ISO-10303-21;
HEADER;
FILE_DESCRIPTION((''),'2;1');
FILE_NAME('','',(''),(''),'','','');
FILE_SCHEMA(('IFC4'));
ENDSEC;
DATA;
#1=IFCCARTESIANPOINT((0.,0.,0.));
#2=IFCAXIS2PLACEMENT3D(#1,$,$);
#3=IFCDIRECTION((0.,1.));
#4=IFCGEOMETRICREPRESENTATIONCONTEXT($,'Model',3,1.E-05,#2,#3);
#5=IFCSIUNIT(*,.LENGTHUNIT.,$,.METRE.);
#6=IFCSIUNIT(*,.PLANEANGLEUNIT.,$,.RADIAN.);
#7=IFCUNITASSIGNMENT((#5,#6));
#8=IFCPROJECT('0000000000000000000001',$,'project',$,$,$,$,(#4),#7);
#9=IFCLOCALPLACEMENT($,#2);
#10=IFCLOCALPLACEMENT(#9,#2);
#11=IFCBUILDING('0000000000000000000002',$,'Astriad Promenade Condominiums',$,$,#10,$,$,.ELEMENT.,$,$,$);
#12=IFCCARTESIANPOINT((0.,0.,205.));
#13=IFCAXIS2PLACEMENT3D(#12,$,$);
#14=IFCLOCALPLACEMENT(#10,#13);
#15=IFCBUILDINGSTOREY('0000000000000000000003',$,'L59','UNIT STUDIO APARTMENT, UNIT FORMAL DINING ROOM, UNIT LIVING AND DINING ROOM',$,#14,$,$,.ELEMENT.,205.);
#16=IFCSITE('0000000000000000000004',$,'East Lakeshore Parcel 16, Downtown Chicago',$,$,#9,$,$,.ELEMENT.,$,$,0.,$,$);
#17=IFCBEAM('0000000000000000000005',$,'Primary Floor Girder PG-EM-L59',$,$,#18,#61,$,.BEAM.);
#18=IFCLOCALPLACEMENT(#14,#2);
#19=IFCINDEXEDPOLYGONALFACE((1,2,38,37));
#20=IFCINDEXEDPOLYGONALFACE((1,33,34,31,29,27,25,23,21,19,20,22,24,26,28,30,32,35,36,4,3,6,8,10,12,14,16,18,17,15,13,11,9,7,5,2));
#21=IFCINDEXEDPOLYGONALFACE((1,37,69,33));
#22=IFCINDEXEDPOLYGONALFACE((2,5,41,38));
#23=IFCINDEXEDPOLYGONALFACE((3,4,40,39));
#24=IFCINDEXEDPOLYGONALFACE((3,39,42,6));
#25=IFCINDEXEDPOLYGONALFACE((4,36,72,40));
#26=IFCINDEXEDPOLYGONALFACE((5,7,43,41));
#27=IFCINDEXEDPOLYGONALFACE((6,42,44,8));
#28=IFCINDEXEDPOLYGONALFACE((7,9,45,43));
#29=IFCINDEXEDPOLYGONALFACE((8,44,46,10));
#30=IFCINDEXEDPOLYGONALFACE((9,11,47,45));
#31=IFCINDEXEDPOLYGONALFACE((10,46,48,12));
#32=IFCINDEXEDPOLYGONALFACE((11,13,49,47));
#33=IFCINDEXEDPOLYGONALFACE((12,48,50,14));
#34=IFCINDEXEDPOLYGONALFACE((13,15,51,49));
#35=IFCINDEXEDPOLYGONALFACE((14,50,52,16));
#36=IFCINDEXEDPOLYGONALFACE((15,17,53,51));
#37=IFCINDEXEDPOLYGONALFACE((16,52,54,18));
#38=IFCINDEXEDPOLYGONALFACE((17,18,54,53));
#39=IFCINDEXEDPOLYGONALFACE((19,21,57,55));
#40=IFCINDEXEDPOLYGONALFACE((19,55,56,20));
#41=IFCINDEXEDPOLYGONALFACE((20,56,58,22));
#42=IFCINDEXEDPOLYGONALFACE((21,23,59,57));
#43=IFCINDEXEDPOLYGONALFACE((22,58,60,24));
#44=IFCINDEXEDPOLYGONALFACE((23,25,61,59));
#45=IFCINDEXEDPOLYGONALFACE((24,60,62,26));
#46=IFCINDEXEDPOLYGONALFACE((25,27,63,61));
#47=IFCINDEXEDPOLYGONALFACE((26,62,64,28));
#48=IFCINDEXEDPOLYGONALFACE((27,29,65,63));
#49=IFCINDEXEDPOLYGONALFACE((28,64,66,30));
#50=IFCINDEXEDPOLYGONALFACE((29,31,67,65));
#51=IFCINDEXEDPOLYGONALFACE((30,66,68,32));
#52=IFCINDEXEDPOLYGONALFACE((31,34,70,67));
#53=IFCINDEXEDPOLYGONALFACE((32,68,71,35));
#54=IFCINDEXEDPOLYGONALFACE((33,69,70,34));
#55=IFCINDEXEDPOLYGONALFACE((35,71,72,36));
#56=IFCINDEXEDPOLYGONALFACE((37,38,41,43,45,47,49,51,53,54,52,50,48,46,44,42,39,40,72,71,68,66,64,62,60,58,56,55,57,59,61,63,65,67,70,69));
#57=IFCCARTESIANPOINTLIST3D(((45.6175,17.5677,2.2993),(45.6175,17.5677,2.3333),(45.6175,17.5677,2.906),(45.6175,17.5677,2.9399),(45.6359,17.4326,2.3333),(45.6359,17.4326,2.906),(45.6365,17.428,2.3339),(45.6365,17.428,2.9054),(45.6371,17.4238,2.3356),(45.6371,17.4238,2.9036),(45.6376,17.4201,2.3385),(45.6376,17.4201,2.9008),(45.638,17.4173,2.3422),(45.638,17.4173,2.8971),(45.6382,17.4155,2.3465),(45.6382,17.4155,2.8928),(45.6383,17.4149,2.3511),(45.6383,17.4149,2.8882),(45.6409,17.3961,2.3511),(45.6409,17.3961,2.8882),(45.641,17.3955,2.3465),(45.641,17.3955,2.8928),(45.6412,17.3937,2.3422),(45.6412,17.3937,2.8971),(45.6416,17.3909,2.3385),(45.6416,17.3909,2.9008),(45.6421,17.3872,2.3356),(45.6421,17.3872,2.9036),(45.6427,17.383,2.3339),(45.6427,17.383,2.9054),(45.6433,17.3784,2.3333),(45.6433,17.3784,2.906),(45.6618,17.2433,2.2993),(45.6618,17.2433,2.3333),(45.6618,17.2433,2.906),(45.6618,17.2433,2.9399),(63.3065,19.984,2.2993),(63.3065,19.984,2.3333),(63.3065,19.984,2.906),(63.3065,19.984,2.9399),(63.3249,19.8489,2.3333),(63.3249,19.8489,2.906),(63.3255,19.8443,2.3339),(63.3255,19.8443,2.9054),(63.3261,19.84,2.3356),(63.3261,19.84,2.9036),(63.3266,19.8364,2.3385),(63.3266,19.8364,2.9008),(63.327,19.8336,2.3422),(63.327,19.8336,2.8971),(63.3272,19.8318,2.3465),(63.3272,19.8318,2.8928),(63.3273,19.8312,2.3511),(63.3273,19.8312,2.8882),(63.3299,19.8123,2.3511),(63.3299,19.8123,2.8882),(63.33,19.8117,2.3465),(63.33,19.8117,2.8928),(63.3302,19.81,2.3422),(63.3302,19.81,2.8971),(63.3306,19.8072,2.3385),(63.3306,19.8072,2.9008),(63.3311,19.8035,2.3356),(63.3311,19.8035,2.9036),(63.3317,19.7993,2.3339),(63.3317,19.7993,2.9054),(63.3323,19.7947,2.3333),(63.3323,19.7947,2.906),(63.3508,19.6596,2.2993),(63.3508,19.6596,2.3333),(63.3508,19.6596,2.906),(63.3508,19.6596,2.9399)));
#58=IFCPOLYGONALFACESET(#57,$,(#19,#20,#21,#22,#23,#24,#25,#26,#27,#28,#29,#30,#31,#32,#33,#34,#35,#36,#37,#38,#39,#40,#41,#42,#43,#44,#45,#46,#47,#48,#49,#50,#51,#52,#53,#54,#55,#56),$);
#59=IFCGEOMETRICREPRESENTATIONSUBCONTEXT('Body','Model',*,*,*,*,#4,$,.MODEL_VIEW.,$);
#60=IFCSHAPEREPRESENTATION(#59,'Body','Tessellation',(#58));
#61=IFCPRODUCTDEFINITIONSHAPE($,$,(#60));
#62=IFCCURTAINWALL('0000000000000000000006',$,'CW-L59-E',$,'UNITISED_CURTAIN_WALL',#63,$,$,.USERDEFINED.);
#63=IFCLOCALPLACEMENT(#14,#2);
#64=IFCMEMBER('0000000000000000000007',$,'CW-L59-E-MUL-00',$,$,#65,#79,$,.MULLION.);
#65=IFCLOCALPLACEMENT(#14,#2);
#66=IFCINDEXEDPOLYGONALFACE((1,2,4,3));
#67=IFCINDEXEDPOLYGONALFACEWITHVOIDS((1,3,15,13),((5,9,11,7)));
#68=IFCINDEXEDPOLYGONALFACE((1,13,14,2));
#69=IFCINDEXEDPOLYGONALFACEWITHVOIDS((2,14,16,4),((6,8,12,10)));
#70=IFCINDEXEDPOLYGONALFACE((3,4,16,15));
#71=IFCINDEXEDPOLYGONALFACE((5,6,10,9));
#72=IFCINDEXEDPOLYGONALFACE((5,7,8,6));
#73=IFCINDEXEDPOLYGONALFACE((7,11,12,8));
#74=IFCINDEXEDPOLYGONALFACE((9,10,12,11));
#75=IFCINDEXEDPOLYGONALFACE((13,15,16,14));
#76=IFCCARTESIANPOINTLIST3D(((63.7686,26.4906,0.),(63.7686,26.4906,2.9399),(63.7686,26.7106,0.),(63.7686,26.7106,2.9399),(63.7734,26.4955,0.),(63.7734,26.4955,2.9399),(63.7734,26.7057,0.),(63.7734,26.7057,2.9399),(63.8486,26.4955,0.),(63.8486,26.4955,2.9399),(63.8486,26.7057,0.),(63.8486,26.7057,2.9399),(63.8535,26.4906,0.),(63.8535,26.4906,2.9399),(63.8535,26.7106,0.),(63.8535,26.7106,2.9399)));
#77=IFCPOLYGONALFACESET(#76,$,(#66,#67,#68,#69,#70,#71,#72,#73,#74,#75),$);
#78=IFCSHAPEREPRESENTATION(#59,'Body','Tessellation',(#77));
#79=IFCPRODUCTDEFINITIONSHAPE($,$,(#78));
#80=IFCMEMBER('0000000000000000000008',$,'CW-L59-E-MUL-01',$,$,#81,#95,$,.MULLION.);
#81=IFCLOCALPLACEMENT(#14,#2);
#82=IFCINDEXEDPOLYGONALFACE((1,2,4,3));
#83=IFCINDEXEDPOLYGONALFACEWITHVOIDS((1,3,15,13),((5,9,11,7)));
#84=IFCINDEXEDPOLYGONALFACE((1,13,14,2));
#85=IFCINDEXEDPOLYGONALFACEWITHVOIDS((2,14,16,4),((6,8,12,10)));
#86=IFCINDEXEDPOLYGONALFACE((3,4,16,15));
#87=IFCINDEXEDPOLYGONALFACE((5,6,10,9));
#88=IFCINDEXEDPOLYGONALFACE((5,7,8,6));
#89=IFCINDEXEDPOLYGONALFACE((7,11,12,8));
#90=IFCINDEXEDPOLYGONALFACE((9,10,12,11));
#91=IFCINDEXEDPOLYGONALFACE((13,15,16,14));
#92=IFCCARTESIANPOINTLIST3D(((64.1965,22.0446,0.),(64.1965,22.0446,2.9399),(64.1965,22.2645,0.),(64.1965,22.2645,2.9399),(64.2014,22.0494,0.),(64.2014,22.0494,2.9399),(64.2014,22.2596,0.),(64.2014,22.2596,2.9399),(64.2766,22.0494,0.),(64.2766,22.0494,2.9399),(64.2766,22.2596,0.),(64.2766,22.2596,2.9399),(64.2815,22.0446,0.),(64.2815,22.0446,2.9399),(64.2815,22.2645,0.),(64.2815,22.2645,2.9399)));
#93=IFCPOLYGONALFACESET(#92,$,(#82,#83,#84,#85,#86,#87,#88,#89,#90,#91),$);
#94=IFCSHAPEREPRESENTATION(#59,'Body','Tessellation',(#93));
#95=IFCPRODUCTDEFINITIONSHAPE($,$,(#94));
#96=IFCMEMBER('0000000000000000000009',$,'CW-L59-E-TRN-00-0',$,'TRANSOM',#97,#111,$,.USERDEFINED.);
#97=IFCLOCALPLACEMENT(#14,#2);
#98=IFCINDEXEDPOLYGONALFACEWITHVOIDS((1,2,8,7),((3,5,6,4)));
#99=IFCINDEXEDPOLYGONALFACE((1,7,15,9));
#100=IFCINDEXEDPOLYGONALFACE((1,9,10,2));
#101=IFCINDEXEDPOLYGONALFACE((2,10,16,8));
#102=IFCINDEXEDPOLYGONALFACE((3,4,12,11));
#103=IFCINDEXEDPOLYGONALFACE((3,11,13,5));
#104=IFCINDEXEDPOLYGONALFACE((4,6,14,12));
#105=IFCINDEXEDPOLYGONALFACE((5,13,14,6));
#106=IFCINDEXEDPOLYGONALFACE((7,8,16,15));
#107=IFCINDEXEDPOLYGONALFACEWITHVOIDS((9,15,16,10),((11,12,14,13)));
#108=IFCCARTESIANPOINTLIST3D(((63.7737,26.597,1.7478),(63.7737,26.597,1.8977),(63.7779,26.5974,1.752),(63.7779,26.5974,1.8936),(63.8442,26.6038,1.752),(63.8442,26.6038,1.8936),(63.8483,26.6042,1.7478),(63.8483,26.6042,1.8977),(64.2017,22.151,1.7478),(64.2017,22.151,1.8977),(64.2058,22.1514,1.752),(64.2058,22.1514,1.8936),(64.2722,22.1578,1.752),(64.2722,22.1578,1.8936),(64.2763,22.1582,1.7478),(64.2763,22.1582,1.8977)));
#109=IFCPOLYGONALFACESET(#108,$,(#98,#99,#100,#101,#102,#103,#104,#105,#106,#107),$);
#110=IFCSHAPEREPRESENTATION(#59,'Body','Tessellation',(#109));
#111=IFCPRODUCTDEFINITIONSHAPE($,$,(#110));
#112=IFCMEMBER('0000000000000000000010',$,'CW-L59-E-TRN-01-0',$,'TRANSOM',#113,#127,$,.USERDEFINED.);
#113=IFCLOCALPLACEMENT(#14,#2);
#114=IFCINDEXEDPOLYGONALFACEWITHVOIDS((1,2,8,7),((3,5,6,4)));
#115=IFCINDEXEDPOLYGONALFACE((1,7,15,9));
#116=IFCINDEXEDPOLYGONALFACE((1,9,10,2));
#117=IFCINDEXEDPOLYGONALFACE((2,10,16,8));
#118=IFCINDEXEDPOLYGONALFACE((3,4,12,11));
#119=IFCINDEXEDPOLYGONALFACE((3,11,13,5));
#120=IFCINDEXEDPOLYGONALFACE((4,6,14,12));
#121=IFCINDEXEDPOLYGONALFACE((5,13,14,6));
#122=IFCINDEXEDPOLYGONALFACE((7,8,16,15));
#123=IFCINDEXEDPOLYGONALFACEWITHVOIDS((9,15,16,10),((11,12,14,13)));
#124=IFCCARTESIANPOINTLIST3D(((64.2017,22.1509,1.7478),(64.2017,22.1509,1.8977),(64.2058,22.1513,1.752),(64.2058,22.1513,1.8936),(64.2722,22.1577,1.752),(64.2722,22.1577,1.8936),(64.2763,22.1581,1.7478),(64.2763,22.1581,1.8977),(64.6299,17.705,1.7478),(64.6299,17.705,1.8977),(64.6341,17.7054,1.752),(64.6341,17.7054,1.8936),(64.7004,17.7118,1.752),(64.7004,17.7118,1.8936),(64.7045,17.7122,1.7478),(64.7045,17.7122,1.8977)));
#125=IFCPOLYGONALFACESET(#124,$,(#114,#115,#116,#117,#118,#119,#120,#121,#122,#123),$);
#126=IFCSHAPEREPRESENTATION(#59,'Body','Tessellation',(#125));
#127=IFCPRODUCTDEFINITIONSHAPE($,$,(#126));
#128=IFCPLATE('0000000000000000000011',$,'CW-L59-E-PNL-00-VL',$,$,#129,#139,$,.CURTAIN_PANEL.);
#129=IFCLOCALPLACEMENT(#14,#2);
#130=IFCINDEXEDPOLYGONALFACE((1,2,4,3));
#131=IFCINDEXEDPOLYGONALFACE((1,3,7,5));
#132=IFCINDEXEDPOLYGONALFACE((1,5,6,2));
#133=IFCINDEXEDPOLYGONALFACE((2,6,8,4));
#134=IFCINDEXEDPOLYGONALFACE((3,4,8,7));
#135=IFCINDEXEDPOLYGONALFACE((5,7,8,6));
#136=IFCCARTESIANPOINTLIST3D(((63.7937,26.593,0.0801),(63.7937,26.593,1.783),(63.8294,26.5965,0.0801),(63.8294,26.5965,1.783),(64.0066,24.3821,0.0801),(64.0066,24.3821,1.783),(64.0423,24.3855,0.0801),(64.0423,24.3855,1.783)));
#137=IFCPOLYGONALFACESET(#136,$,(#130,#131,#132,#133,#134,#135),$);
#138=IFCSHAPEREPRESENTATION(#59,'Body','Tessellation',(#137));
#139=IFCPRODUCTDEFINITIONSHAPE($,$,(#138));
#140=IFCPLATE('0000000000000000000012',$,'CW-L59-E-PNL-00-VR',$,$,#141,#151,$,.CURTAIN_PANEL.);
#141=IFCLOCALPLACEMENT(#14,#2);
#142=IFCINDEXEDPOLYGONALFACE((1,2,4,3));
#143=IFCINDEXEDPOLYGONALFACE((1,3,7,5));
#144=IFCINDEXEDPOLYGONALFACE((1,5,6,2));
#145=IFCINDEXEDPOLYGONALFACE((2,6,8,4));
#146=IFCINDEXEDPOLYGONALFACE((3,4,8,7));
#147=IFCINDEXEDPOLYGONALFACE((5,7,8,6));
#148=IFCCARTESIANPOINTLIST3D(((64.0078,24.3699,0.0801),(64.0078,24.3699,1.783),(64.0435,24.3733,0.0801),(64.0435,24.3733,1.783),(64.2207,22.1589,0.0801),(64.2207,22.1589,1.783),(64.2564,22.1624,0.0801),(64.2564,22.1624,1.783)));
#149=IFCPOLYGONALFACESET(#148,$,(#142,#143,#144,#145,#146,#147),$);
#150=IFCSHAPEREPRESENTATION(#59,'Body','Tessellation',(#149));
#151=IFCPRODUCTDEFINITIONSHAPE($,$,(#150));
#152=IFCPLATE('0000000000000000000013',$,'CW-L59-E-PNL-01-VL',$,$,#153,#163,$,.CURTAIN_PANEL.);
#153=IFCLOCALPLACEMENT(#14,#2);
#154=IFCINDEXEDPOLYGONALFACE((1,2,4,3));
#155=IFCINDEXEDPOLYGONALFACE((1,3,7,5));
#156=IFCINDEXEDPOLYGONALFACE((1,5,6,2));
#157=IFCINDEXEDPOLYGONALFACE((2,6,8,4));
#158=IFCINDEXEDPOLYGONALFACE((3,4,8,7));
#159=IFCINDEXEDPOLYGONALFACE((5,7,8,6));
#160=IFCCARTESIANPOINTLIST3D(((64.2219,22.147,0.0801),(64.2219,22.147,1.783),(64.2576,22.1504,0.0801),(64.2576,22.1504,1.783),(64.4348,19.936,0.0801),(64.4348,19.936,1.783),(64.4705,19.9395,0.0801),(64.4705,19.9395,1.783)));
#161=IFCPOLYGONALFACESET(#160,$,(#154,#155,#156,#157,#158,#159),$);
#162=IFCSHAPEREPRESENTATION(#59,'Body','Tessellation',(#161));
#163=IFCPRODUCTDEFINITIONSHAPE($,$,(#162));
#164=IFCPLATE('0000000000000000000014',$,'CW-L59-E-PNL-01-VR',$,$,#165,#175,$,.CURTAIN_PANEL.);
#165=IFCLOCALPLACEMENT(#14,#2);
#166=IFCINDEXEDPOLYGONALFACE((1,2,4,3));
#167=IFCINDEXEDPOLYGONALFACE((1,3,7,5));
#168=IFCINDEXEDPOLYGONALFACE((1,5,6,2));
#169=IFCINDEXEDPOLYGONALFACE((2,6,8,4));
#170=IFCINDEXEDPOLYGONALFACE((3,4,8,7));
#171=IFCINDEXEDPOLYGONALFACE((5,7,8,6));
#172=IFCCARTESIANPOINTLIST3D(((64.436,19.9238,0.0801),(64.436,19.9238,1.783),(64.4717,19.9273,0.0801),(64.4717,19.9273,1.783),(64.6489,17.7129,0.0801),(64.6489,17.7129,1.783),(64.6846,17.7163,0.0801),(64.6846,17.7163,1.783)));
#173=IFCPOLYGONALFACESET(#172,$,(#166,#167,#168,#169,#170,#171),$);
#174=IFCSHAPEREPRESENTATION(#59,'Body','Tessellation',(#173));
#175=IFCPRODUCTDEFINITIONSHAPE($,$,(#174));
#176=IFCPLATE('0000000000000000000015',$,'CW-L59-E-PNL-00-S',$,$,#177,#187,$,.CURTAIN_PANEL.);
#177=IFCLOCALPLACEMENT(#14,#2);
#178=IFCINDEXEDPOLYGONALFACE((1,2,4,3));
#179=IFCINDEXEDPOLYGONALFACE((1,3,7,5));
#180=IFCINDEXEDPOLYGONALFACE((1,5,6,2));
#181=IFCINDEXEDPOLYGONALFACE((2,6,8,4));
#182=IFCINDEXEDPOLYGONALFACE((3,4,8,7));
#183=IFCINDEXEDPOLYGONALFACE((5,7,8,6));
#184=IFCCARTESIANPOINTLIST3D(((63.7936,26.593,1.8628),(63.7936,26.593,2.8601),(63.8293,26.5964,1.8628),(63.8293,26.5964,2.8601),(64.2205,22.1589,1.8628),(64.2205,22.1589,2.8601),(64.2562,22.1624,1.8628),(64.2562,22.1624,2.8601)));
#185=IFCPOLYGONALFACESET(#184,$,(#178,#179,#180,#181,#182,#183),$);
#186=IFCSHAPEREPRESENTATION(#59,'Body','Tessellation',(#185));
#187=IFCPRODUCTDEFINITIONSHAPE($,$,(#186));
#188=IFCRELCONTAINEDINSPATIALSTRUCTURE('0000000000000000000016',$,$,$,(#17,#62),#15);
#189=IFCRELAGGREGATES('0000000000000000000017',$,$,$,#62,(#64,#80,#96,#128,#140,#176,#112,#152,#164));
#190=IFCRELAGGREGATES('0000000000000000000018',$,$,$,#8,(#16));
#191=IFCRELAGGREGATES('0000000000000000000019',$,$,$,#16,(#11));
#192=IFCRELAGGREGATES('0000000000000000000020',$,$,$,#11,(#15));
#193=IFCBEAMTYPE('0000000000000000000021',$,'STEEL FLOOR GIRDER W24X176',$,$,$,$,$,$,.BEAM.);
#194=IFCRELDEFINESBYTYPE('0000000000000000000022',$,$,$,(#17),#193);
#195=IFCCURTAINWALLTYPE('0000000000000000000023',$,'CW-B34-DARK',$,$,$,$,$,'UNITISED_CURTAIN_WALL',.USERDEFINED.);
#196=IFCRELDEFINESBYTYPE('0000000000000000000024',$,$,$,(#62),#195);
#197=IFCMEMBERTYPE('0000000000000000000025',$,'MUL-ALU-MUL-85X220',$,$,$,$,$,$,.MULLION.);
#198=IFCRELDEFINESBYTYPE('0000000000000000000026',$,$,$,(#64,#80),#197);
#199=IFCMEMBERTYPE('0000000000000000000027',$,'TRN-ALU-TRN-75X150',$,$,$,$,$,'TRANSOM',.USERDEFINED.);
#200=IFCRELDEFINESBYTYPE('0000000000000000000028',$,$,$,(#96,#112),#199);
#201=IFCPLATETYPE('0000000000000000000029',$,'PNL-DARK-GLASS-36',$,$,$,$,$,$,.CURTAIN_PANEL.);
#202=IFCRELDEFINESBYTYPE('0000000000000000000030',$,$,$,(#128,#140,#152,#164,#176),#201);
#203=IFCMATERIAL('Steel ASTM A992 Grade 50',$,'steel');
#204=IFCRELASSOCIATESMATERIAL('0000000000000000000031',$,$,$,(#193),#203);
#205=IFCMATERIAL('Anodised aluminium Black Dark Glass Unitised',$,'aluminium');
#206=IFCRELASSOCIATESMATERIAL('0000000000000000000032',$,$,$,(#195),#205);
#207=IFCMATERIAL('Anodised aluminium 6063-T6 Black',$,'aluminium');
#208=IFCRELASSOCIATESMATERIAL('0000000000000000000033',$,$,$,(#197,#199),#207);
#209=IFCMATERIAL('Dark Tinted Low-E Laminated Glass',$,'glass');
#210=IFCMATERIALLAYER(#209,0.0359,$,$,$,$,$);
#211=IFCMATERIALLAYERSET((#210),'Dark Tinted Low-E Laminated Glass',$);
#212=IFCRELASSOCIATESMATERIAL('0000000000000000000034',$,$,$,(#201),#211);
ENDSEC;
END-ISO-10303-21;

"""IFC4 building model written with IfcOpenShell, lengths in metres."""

from ifc_helpers import new_model, si_unit, direction, frame, origin, origin_2d, place, context, subcontext, project, spatial, rectangle, hollow_rectangle, i_section, extrude, source, transform, mapped, material, layer, layer_set, material_profile, profile_set, type_object, type_shapes, element, aggregate, save


model = new_model("IFC4")

# Units and contexts
model_context = context("Model", 3, precision=1e-05, world=origin(), true_north=direction((0.0, 1.0)))
body_context = subcontext(model_context, "Body", "Model", "MODEL_VIEW")
ifc_project = project(units=[si_unit("LENGTHUNIT", "METRE"), si_unit("PLANEANGLEUNIT", "RADIAN")], contexts=[model_context])

# Site, building, storey
site_placement = place(None, origin())
site = spatial("IfcSite", under=ifc_project, at=site_placement, Name="East Lakeshore Parcel 16, Downtown Chicago", CompositionType="ELEMENT", RefElevation=0.0)
building_placement = place(site_placement, origin())
building = spatial("IfcBuilding", under=site, at=building_placement, Name="Astriad Promenade Condominiums", CompositionType="ELEMENT")
storey_placement = place(building_placement, frame((0.0, 0.0, 205.0)))
storey = spatial("IfcBuildingStorey", under=building, at=storey_placement, Name="L59", Description="UNIT STUDIO APARTMENT, UNIT FORMAL DINING ROOM, UNIT LIVING AND DINING ROOM", CompositionType="ELEMENT", Elevation=205.0)

# Beam
ifc_material_1 = material(Name="Steel ASTM A992 Grade 50", Category="steel")
ifc_material_profile_1 = material_profile(ifc_material_1, i_section(OverallWidth=0.3274, OverallDepth=0.6406, WebThickness=0.019, FlangeThickness=0.0339, FilletRadius=0.0178, at=origin_2d()), Name="W24X176")
ifc_profile_set_1 = profile_set([ifc_material_profile_1], Name="Steel ASTM A992 Grade 50")
beam_type_1 = type_object("IfcBeamType", Name="STEEL FLOOR GIRDER W24X176", PredefinedType="BEAM", material=ifc_profile_set_1)
shared_shape_1 = source(origin(), body_context, "Body", "SweptSolid", [
    extrude(i_section(OverallWidth=0.3274, OverallDepth=0.6406, WebThickness=0.019, FlangeThickness=0.0339, FilletRadius=0.0178, at=origin_2d()), origin(), (0.0, 0.0, 1.0), 17.8533),
])
type_shapes(beam_type_1, [shared_shape_1])
beam_1_placement = place(storey_placement, frame((63.3286, 19.8218, 2.6196), z_axis=(-0.990799, -0.13534, 0.0), x_axis=(0.13534, -0.990799, 0.0)))
element("IfcBeam", 1, at=beam_1_placement, inside=storey, type_object=beam_type_1, Name="Primary Floor Girder PG-EM-L59", PredefinedType="BEAM", context=body_context, shape_type="MappedRepresentation", body=[
    mapped(shared_shape_1, transform((0.0, 0.0, 0.0), scale=1.0)),
])

# Curtain wall, members, plates
ifc_material_2 = material(Name="Anodised aluminium Black Dark Glass Unitised", Category="aluminium")
curtain_wall_type = type_object("IfcCurtainWallType", Name="CW-B34-DARK", ElementType="UNITISED_CURTAIN_WALL", PredefinedType="USERDEFINED", material=ifc_material_2)
curtain_wall_placement = place(storey_placement, origin())
curtain_wall = element("IfcCurtainWall", 2, at=curtain_wall_placement, inside=storey, type_object=curtain_wall_type, Name="CW-L59-E", ObjectType="UNITISED_CURTAIN_WALL", PredefinedType="USERDEFINED")
ifc_material_3 = material(Name="Anodised aluminium 6063-T6 Black", Category="aluminium")
ifc_material_profile_2 = material_profile(ifc_material_3, hollow_rectangle(XDim=0.085, YDim=0.22, WallThickness=0.0049, at=origin_2d()), Name="ALU-MUL-85X220")
ifc_profile_set_2 = profile_set([ifc_material_profile_2], Name="Anodised aluminium 6063-T6 Black")
member_type_1 = type_object("IfcMemberType", Name="MUL-ALU-MUL-85X220", PredefinedType="MULLION", material=ifc_profile_set_2)
shared_shape_2 = source(origin(), body_context, "Body", "SweptSolid", [
    extrude(hollow_rectangle(XDim=0.085, YDim=0.22, WallThickness=0.0049, at=origin_2d()), origin(), (0.0, 0.0, 1.0), 2.9399),
])
type_shapes(member_type_1, [shared_shape_2])
member_1_placement = place(storey_placement, frame((63.811, 26.6006, 0.0), z_axis=(0.0, 0.0, 1.0), x_axis=(1.0, 0.0, 0.0)))
member_1 = element("IfcMember", 3, at=member_1_placement, type_object=member_type_1, Name="CW-L59-E-MUL-00", PredefinedType="MULLION", context=body_context, shape_type="MappedRepresentation", body=[
    mapped(shared_shape_2, transform((0.0, 0.0, 0.0), scale=1.0)),
])
member_2_placement = place(storey_placement, frame((64.239, 22.1545, 0.0), z_axis=(0.0, 0.0, 1.0), x_axis=(1.0, 0.0, 0.0)))
member_2 = element("IfcMember", 4, at=member_2_placement, type_object=member_type_1, Name="CW-L59-E-MUL-01", PredefinedType="MULLION", context=body_context, shape_type="MappedRepresentation", body=[
    mapped(shared_shape_2, transform((0.0, 0.0, 0.0), scale=1.0)),
])
ifc_material_profile_3 = material_profile(ifc_material_3, hollow_rectangle(XDim=0.075, YDim=0.1499, WallThickness=0.0042, at=origin_2d()), Name="ALU-TRN-75X150")
ifc_profile_set_3 = profile_set([ifc_material_profile_3], Name="Anodised aluminium 6063-T6 Black")
member_type_2 = type_object("IfcMemberType", Name="TRN-ALU-TRN-75X150", ElementType="TRANSOM", PredefinedType="USERDEFINED", material=ifc_profile_set_3)
shared_shape_3 = source(origin(), body_context, "Body", "SweptSolid", [
    extrude(hollow_rectangle(XDim=0.075, YDim=0.1499, WallThickness=0.0042, at=origin_2d()), origin(), (0.0, 0.0, 1.0), 4.4666),
])
type_shapes(member_type_2, [shared_shape_3])
member_3_placement = place(storey_placement, frame((63.811, 26.6006, 1.8228), z_axis=(0.095818, -0.995399, 0.0), x_axis=(0.995399, 0.095818, 0.0)))
member_3 = element("IfcMember", 5, at=member_3_placement, type_object=member_type_2, Name="CW-L59-E-TRN-00-0", ObjectType="TRANSOM", PredefinedType="USERDEFINED", context=body_context, shape_type="MappedRepresentation", body=[
    mapped(shared_shape_3, transform((0.0, 0.0, 0.0), scale=1.0)),
])
member_4_placement = place(storey_placement, frame((64.239, 22.1545, 1.8228), z_axis=(0.095872, -0.995394, 0.0), x_axis=(0.995394, 0.095872, 0.0)))
member_4 = element("IfcMember", 6, at=member_4_placement, type_object=member_type_2, Name="CW-L59-E-TRN-01-0", ObjectType="TRANSOM", PredefinedType="USERDEFINED", context=body_context, shape_type="MappedRepresentation", body=[
    mapped(shared_shape_3, transform((0.0, 0.0, 0.0), scale=1.0)),
])
ifc_material_4 = material(Name="Dark Tinted Low-E Laminated Glass", Category="glass")
ifc_layer_1 = layer(ifc_material_4, 0.0359)
ifc_layer_set_1 = layer_set([ifc_layer_1], Name="Dark Tinted Low-E Laminated Glass")
plate_type = type_object("IfcPlateType", Name="PNL-DARK-GLASS-36", PredefinedType="CURTAIN_PANEL", material=ifc_layer_set_1)
shared_shape_4 = source(origin(), body_context, "Body", "SweptSolid", [
    extrude(rectangle(XDim=2.2212, YDim=0.0359, at=origin_2d()), origin(), (0.0, 0.0, 1.0), 1.7029),
])
plate_1_placement = place(storey_placement, frame((63.918, 25.4893, 0.0801), z_axis=(0.0, 0.0, 1.0), x_axis=(0.095846, -0.995396, 0.0)))
plate_1 = element("IfcPlate", 7, at=plate_1_placement, type_object=plate_type, Name="CW-L59-E-PNL-00-VL", PredefinedType="CURTAIN_PANEL", context=body_context, shape_type="MappedRepresentation", body=[
    mapped(shared_shape_4, transform((0.0, 0.0, 0.0), scale=1.0)),
])
plate_2_placement = place(storey_placement, frame((64.1321, 23.2661, 0.0801), z_axis=(0.0, 0.0, 1.0), x_axis=(0.095846, -0.995396, 0.0)))
plate_2 = element("IfcPlate", 8, at=plate_2_placement, type_object=plate_type, Name="CW-L59-E-PNL-00-VR", PredefinedType="CURTAIN_PANEL", context=body_context, shape_type="MappedRepresentation", body=[
    mapped(shared_shape_4, transform((0.0, 0.0, 0.0), scale=1.0)),
])
plate_3_placement = place(storey_placement, frame((64.3462, 21.0432, 0.0801), z_axis=(0.0, 0.0, 1.0), x_axis=(0.095846, -0.995396, 0.0)))
plate_3 = element("IfcPlate", 9, at=plate_3_placement, type_object=plate_type, Name="CW-L59-E-PNL-01-VL", PredefinedType="CURTAIN_PANEL", context=body_context, shape_type="MappedRepresentation", body=[
    mapped(shared_shape_4, transform((0.0, 0.0, 0.0), scale=1.0)),
])
plate_4_placement = place(storey_placement, frame((64.5603, 18.8201, 0.0801), z_axis=(0.0, 0.0, 1.0), x_axis=(0.095846, -0.995396, 0.0)))
plate_4 = element("IfcPlate", 10, at=plate_4_placement, type_object=plate_type, Name="CW-L59-E-PNL-01-VR", PredefinedType="CURTAIN_PANEL", context=body_context, shape_type="MappedRepresentation", body=[
    mapped(shared_shape_4, transform((0.0, 0.0, 0.0), scale=1.0)),
])
shared_shape_5 = source(origin(), body_context, "Body", "SweptSolid", [
    extrude(rectangle(XDim=4.4546, YDim=0.0359, at=origin_2d()), origin(), (0.0, 0.0, 1.0), 0.9973),
])
type_shapes(plate_type, [shared_shape_4, shared_shape_5])
plate_5_placement = place(storey_placement, frame((64.0249, 24.3777, 1.8628), z_axis=(0.0, 0.0, 1.0), x_axis=(0.095846, -0.995396, 0.0)))
plate_5 = element("IfcPlate", 11, at=plate_5_placement, type_object=plate_type, Name="CW-L59-E-PNL-00-S", PredefinedType="CURTAIN_PANEL", context=body_context, shape_type="MappedRepresentation", body=[
    mapped(shared_shape_5, transform((0.0, 0.0, 0.0), scale=1.0)),
])
aggregate(curtain_wall, [member_1, member_2, member_3, plate_1, plate_2, plate_5, member_4, plate_3, plate_4])

save(model, "model.ifc")
